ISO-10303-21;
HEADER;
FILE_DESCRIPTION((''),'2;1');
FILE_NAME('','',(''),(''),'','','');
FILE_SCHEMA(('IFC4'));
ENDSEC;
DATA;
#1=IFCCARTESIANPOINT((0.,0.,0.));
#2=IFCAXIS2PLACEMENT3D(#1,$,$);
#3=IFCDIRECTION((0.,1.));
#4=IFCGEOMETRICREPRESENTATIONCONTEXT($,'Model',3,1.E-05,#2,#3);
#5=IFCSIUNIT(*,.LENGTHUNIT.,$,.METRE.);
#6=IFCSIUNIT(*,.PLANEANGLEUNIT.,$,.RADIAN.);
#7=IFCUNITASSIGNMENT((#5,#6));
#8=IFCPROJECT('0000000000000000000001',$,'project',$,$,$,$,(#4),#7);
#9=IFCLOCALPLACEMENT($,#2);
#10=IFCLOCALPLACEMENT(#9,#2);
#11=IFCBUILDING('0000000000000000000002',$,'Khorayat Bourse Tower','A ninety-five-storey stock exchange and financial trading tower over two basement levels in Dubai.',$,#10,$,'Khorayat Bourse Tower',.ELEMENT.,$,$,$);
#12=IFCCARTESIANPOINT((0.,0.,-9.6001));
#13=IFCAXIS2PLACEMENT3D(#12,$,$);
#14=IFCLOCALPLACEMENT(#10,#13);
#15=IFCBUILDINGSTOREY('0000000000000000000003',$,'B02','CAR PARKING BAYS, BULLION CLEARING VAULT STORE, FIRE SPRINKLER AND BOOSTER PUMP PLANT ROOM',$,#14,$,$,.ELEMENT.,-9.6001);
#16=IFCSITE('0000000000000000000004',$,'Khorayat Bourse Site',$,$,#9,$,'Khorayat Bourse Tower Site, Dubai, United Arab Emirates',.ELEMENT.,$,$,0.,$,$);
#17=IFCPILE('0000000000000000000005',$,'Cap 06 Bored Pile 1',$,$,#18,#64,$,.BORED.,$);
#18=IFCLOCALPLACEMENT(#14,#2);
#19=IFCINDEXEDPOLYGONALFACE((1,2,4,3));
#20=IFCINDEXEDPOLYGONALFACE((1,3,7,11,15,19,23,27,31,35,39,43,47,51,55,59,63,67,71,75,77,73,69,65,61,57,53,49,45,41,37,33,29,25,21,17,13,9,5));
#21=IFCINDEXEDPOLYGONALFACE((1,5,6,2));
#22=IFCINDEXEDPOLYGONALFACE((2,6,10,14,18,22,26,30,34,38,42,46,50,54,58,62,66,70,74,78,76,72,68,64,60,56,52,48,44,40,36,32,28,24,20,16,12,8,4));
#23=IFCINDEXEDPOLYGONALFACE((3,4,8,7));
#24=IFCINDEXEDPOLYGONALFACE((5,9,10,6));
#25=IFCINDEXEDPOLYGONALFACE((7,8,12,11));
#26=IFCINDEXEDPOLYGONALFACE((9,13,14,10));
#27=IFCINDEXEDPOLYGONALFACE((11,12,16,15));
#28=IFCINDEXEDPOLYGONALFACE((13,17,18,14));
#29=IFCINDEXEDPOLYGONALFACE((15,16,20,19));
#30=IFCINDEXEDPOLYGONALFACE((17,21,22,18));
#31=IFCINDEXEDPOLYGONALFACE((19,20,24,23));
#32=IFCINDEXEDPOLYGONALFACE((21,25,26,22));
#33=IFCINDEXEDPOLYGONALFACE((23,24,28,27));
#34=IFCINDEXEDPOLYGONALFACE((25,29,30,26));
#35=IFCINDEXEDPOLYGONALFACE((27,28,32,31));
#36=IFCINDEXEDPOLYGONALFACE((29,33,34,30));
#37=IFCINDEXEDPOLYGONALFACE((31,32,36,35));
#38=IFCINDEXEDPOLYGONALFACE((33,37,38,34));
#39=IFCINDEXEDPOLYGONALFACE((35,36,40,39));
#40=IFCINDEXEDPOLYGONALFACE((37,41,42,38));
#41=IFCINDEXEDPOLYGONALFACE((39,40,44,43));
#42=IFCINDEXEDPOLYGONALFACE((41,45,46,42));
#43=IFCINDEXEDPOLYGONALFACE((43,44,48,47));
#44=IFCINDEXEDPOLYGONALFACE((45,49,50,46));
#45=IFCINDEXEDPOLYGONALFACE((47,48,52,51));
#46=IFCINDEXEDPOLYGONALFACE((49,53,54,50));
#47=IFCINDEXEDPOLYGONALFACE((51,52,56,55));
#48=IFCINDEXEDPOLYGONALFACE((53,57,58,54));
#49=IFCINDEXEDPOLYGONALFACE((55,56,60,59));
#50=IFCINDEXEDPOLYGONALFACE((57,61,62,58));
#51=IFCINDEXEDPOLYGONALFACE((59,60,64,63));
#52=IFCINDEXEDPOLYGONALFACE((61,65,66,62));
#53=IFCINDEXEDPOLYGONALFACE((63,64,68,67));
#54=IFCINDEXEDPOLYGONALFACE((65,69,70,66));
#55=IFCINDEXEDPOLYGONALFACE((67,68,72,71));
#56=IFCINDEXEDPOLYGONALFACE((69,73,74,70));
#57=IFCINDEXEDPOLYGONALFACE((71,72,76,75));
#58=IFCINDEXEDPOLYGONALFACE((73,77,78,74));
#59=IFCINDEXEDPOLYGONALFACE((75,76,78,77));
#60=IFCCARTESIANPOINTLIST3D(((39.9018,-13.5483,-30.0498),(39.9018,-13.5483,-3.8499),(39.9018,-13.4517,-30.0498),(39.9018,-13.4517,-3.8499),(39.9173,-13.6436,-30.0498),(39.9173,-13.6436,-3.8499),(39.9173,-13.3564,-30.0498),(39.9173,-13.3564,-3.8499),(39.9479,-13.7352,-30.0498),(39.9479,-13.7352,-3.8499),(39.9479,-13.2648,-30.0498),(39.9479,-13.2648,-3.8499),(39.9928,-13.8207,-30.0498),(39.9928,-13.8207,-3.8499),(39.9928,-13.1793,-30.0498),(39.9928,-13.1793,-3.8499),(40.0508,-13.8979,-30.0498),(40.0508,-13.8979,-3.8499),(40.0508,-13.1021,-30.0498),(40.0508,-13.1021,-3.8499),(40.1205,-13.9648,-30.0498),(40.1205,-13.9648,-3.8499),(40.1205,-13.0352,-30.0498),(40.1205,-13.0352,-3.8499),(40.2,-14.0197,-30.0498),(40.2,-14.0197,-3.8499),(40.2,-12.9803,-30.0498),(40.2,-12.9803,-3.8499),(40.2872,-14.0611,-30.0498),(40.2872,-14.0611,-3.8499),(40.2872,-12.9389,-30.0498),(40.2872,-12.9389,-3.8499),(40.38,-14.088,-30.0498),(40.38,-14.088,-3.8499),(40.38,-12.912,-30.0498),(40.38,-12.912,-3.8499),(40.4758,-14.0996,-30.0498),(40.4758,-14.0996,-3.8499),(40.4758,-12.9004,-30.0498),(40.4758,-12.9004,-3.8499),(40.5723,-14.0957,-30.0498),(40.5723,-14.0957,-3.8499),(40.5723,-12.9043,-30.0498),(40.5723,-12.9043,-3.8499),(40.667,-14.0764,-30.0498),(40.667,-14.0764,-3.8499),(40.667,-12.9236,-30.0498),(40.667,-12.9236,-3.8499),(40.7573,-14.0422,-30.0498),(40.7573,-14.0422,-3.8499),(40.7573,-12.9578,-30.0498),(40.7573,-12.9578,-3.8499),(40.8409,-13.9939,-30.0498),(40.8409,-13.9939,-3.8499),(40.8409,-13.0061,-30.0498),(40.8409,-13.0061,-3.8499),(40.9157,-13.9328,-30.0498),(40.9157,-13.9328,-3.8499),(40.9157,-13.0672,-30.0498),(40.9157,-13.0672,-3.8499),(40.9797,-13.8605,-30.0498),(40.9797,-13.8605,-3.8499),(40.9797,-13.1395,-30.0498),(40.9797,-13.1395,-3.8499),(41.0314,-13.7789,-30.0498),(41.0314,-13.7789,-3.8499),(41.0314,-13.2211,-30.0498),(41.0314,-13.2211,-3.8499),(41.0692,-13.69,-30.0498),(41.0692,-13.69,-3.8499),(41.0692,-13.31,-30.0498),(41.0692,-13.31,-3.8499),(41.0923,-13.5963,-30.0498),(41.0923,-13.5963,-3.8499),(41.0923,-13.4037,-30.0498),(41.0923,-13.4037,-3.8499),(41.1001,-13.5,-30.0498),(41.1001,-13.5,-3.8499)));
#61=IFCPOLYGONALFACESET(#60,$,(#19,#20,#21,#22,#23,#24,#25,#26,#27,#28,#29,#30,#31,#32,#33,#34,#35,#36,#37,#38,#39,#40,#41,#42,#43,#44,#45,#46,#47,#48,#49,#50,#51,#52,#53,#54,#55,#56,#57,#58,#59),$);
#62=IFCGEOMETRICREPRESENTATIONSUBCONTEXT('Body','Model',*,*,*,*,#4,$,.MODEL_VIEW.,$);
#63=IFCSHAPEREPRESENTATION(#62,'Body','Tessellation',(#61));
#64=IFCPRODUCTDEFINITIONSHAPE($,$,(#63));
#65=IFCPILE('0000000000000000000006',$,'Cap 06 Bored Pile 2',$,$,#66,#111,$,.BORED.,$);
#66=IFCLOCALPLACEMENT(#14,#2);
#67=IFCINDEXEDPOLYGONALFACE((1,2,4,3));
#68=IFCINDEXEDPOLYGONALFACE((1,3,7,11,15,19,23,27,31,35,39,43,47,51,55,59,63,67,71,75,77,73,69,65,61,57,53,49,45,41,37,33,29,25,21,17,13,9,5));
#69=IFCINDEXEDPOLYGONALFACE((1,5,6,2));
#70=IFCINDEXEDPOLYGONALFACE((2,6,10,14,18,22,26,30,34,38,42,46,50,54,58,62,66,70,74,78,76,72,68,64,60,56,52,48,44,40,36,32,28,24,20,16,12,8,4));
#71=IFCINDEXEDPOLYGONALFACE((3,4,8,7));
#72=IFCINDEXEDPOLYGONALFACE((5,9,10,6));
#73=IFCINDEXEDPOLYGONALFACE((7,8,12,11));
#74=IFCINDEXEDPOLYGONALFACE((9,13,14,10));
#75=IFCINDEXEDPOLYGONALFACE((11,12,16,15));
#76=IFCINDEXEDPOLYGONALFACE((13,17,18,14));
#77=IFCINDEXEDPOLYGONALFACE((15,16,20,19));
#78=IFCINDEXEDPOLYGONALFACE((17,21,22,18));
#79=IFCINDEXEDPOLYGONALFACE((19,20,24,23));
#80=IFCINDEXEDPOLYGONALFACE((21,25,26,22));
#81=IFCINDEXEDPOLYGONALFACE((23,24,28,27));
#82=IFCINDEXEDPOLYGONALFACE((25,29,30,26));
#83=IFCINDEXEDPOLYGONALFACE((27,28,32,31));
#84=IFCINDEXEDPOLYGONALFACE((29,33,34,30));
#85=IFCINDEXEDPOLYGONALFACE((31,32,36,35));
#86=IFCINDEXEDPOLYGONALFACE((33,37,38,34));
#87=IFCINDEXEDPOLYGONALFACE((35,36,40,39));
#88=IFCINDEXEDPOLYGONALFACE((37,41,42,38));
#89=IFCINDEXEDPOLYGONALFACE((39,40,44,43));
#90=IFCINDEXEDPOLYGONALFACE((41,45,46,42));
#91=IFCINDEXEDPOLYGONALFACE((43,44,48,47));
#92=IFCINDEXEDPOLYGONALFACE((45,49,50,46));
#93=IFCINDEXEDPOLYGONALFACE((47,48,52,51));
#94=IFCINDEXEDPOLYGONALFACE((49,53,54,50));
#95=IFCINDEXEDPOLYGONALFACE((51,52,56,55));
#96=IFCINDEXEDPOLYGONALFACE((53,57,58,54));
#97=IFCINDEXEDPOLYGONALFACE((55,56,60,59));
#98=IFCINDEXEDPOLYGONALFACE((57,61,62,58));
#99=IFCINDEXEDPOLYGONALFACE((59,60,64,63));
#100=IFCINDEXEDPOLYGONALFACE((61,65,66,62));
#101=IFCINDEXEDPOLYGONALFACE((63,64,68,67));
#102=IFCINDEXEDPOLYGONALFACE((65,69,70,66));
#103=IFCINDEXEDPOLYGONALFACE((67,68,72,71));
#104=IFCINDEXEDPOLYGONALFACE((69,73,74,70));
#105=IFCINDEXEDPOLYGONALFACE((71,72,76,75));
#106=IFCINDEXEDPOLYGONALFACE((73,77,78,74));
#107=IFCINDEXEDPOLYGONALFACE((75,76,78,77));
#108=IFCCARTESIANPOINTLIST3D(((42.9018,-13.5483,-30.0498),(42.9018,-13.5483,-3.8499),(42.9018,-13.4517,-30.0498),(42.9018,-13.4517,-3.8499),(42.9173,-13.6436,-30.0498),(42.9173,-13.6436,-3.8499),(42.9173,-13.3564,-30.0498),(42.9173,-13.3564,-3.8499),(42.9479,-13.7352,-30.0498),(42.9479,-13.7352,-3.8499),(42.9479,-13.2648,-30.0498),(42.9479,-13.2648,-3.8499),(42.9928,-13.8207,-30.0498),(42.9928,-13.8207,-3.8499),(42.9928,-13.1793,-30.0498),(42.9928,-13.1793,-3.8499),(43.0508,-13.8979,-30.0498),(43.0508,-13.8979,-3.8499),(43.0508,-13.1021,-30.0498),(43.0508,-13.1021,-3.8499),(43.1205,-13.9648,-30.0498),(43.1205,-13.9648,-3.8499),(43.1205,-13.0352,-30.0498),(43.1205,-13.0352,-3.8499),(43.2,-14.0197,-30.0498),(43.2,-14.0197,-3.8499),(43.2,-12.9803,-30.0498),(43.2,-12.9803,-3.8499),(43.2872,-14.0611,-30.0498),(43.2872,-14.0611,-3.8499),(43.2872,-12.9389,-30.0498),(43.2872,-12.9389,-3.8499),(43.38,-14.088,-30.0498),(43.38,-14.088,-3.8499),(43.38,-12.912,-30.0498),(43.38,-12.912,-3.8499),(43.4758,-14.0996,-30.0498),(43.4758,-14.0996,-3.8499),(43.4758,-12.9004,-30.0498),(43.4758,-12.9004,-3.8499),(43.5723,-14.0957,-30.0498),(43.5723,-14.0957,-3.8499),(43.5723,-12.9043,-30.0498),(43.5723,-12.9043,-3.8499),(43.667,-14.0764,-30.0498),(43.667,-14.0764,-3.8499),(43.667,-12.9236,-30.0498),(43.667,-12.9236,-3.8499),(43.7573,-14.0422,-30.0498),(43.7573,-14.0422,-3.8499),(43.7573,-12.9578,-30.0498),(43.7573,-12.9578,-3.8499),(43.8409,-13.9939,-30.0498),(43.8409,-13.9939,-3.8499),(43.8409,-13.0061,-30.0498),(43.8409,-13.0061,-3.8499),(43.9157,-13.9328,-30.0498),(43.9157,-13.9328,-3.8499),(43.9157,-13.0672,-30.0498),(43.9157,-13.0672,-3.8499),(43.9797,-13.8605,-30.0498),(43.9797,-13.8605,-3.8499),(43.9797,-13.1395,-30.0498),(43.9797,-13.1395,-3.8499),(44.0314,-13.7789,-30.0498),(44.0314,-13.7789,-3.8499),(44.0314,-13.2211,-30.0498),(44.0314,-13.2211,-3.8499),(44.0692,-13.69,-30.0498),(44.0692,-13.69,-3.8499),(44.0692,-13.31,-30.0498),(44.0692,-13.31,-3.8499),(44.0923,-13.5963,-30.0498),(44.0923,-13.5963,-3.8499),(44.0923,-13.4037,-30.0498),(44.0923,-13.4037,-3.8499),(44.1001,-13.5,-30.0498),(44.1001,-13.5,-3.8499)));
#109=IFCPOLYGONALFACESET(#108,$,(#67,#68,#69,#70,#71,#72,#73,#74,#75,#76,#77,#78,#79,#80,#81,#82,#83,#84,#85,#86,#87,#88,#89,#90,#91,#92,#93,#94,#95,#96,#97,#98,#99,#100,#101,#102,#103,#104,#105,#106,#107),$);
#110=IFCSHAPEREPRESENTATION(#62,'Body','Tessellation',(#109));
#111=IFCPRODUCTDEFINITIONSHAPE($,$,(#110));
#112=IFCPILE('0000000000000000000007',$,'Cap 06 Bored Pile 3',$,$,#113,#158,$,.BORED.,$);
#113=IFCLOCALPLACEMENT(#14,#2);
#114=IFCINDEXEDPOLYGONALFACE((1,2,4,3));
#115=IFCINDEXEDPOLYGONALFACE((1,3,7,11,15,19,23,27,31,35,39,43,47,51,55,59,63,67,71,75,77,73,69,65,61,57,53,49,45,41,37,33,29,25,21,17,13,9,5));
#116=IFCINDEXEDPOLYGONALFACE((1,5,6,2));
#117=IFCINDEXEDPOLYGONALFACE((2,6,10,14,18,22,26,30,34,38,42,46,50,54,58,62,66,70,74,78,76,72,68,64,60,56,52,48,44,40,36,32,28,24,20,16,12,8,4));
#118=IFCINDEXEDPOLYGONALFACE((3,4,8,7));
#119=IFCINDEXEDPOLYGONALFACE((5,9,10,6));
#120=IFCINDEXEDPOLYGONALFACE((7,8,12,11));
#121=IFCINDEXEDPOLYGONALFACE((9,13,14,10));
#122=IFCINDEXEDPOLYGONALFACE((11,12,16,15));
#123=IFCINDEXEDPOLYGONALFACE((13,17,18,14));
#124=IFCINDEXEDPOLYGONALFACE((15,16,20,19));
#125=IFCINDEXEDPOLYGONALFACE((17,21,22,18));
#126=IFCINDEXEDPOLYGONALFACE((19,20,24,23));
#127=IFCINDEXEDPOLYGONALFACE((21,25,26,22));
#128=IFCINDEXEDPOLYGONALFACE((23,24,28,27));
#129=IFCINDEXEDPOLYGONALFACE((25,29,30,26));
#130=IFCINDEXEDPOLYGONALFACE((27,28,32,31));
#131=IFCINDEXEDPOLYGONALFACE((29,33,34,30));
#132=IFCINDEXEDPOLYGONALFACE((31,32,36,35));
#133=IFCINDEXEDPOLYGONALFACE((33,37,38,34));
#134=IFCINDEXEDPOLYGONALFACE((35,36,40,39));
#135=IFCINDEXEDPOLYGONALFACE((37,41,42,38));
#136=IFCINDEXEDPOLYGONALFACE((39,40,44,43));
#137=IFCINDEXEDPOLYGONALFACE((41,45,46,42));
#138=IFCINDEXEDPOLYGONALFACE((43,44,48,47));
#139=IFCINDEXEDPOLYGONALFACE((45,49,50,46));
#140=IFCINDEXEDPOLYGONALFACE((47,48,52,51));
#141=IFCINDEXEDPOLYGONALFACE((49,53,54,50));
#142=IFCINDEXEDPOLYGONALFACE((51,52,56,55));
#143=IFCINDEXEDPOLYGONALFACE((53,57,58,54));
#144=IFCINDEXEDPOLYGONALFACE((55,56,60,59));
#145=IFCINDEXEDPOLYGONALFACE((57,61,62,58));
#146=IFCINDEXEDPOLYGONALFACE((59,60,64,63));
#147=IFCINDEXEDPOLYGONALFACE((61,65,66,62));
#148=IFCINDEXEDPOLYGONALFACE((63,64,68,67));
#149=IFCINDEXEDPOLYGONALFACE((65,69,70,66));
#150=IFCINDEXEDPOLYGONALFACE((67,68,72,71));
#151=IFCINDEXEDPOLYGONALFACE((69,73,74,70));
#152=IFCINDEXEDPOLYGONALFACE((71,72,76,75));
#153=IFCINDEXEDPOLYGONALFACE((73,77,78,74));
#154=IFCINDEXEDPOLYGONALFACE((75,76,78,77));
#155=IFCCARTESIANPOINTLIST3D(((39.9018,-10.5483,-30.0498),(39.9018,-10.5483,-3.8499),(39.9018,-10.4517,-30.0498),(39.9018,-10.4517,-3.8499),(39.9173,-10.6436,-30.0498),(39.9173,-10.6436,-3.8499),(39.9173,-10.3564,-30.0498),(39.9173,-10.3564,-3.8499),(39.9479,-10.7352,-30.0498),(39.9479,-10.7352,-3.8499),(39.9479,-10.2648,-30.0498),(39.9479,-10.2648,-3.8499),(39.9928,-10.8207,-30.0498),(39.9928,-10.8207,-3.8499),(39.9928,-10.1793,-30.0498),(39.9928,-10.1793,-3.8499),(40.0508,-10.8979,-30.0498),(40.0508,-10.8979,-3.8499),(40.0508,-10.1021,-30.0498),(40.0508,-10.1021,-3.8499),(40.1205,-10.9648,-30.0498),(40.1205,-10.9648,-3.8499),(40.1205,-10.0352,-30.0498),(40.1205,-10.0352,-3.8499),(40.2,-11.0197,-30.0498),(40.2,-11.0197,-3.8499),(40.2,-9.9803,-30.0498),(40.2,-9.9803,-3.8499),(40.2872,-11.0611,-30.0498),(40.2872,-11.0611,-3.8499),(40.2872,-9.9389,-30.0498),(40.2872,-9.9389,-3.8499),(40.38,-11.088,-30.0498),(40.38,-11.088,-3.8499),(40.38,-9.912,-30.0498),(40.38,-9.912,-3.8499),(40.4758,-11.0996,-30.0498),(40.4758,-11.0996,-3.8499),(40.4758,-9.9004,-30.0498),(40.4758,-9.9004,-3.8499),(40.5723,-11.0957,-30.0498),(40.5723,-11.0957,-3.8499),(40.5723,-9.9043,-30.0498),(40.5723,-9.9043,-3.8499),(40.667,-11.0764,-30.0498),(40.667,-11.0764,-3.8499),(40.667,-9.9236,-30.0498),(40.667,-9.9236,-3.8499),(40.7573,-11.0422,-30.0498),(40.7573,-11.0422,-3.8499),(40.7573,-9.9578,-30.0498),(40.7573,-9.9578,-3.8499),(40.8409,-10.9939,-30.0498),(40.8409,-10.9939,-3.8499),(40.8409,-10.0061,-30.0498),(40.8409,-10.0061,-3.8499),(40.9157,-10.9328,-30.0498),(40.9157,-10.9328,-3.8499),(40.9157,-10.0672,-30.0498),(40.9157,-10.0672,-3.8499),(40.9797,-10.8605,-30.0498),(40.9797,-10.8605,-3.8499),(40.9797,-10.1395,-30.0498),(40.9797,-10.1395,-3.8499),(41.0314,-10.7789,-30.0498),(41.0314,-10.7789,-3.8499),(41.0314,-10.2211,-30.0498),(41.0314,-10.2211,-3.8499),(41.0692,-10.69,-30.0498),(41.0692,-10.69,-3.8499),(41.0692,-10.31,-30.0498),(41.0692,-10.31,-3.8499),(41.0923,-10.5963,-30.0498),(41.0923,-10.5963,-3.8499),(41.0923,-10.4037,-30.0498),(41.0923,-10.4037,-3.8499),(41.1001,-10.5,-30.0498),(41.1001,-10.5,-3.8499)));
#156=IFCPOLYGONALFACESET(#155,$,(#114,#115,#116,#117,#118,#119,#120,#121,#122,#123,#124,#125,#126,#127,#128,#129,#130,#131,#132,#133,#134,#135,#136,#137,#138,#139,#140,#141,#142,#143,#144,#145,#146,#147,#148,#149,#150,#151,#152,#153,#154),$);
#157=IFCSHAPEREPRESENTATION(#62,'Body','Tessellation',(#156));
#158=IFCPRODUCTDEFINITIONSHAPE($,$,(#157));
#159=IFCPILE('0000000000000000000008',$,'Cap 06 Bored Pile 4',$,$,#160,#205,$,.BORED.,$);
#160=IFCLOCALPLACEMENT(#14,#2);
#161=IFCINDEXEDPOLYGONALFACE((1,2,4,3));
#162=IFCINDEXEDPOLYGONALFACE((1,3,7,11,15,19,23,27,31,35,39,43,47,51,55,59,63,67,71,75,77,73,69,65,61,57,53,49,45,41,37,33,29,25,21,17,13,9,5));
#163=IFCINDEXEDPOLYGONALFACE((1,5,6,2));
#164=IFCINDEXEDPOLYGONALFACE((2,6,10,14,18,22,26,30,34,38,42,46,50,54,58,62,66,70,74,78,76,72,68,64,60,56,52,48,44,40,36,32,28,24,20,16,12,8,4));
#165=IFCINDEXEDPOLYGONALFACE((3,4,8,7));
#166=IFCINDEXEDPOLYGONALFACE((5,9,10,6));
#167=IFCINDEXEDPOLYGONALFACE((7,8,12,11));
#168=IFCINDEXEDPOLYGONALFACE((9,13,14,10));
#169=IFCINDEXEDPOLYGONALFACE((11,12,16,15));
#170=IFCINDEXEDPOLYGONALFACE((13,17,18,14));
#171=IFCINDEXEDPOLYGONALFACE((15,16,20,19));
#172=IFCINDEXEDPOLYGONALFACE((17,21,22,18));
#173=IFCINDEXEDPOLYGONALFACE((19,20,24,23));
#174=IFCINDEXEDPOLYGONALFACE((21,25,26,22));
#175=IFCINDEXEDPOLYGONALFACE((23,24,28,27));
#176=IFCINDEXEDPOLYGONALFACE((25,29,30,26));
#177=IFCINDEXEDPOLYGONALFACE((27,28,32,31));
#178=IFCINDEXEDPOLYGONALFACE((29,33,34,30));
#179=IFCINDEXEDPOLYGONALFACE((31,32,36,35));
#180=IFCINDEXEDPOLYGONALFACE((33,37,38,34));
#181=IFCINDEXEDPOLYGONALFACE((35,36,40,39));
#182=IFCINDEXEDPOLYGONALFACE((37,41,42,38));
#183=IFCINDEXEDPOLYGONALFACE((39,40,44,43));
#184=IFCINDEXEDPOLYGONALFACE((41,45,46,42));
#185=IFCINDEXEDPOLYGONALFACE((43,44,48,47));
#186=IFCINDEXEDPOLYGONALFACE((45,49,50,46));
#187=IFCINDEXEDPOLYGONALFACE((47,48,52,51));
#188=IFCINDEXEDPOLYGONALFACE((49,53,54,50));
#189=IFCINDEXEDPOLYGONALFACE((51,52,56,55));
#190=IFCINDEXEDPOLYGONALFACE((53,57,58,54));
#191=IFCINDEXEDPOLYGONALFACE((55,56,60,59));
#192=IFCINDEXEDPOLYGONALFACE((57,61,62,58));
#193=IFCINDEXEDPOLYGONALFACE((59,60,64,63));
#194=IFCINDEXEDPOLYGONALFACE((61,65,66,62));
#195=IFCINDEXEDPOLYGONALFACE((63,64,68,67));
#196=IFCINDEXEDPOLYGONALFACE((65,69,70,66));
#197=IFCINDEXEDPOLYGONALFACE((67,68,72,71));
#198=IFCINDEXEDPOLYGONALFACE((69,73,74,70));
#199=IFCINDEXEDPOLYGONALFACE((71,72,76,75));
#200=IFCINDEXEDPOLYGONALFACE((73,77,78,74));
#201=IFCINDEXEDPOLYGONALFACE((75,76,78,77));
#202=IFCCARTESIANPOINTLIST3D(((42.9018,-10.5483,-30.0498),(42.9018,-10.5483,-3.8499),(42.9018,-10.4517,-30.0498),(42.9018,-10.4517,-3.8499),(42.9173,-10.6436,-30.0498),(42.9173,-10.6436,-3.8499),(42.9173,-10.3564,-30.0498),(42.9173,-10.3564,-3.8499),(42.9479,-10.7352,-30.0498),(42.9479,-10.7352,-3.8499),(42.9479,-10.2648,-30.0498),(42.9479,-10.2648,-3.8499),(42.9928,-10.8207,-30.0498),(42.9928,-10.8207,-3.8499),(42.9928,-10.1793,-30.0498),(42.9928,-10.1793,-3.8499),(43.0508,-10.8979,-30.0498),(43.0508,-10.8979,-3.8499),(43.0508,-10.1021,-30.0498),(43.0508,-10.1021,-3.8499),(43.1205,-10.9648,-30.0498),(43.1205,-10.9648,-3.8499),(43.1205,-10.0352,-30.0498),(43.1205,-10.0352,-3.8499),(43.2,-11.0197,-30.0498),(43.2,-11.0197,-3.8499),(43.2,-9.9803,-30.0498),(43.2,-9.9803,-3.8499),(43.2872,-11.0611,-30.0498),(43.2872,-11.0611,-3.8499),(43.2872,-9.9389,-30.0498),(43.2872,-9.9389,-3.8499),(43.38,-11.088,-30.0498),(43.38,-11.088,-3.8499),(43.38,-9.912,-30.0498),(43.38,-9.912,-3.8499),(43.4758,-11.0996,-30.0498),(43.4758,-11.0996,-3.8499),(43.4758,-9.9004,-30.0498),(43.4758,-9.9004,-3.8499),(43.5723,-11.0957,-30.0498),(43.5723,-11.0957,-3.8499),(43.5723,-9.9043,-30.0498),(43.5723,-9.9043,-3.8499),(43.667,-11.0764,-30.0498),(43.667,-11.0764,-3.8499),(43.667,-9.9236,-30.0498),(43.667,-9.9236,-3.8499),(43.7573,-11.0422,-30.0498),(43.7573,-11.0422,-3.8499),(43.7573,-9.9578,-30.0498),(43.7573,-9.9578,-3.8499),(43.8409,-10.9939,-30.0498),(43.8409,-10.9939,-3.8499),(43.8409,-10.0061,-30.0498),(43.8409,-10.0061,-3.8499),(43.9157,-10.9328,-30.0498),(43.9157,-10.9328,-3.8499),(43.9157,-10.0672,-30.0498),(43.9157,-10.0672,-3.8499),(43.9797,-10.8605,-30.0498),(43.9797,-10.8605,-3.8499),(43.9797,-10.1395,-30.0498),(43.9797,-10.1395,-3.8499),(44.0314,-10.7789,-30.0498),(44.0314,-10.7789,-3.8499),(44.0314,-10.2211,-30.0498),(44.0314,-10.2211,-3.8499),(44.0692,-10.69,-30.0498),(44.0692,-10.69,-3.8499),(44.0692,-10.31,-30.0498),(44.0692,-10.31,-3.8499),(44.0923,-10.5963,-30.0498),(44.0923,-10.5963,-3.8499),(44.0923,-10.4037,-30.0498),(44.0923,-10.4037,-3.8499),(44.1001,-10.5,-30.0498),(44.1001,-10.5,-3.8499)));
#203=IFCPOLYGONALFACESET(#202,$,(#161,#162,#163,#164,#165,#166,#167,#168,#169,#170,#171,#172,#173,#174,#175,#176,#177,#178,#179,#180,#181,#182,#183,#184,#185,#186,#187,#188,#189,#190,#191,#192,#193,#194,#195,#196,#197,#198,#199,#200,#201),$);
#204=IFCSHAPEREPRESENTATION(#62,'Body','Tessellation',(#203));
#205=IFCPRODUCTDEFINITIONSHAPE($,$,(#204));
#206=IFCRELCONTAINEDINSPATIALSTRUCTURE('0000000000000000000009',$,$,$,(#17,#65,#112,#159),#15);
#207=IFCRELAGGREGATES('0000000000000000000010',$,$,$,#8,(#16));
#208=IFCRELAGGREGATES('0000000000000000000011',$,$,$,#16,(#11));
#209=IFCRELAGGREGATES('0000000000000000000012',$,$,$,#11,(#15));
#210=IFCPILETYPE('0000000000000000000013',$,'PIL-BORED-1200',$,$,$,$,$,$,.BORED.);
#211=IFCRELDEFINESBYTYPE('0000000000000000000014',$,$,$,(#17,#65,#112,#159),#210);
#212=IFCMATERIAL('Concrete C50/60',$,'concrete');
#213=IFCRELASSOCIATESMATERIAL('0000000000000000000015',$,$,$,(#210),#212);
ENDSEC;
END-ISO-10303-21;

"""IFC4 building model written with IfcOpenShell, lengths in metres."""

from ifc_helpers import new_model, si_unit, direction, frame, origin, origin_2d, place, context, subcontext, project, spatial, circle, extrude, source, transform, mapped, material, material_profile, profile_set, type_object, element, save


model = new_model("IFC4")

# Units and contexts
model_context = context("Model", 3, precision=1e-05, world=origin(), true_north=direction((0.0, 1.0)))
body_context = subcontext(model_context, "Body", "Model", "MODEL_VIEW")
ifc_project = project(units=[si_unit("LENGTHUNIT", "METRE"), si_unit("PLANEANGLEUNIT", "RADIAN")], contexts=[model_context])

# Site, building, storey
site_placement = place(None, origin())
site = spatial("IfcSite", under=ifc_project, at=site_placement, Name="Khorayat Bourse Site", LongName="Khorayat Bourse Tower Site, Dubai, United Arab Emirates", CompositionType="ELEMENT", RefElevation=0.0)
building_placement = place(site_placement, origin())
building = spatial("IfcBuilding", under=site, at=building_placement, Name="Khorayat Bourse Tower", Description="A ninety-five-storey stock exchange and financial trading tower over two basement levels in Dubai.", LongName="Khorayat Bourse Tower", CompositionType="ELEMENT")
storey_placement = place(building_placement, frame((0.0, 0.0, -9.6001)))
storey = spatial("IfcBuildingStorey", under=building, at=storey_placement, Name="B02", Description="CAR PARKING BAYS, BULLION CLEARING VAULT STORE, FIRE SPRINKLER AND BOOSTER PUMP PLANT ROOM", CompositionType="ELEMENT", Elevation=-9.6001)

# Shared definitions
ifc_material_1 = material(Name="Concrete C50/60", Category="concrete")

# Piles
ifc_material_profile_1 = material_profile(ifc_material_1, circle(Radius=0.6001, at=origin_2d()), Name="BORED PILE D1200")
ifc_profile_set_1 = profile_set([ifc_material_profile_1], Name="Concrete C50/60")
pile_type_1 = type_object("IfcPileType", Name="PIL-BORED-1200", PredefinedType="BORED", material=ifc_profile_set_1)
shared_shape_1 = source(origin(), body_context, "Body", "SweptSolid", [
    extrude(circle(Radius=0.6001, at=origin_2d()), origin(), (0.0, 0.0, 1.0), 26.2),
])
for number, where, z_axis, x_axis, name in (
    (1, (40.5, -13.5, -3.8499), (0.0, 0.0, -1.0), (1.0, 0.0, 0.0), "Cap 06 Bored Pile 1"),
    (2, (43.5, -13.5, -3.8499), (0.0, 0.0, -1.0), (1.0, 0.0, 0.0), "Cap 06 Bored Pile 2"),
    (3, (40.5, -10.5, -3.8499), (0.0, 0.0, -1.0), (1.0, 0.0, 0.0), "Cap 06 Bored Pile 3"),
    (4, (43.5, -10.5, -3.8499), (0.0, 0.0, -1.0), (1.0, 0.0, 0.0), "Cap 06 Bored Pile 4"),
):
    element("IfcPile", number, at=place(storey_placement, frame(where, z_axis=z_axis, x_axis=x_axis)), inside=storey, type_object=pile_type_1, Name=name, PredefinedType="BORED", context=body_context, shape_type="MappedRepresentation", body=[
        mapped(shared_shape_1, transform((0.0, 0.0, 0.0), scale=1.0)),
    ])

save(model, "model.ifc")
